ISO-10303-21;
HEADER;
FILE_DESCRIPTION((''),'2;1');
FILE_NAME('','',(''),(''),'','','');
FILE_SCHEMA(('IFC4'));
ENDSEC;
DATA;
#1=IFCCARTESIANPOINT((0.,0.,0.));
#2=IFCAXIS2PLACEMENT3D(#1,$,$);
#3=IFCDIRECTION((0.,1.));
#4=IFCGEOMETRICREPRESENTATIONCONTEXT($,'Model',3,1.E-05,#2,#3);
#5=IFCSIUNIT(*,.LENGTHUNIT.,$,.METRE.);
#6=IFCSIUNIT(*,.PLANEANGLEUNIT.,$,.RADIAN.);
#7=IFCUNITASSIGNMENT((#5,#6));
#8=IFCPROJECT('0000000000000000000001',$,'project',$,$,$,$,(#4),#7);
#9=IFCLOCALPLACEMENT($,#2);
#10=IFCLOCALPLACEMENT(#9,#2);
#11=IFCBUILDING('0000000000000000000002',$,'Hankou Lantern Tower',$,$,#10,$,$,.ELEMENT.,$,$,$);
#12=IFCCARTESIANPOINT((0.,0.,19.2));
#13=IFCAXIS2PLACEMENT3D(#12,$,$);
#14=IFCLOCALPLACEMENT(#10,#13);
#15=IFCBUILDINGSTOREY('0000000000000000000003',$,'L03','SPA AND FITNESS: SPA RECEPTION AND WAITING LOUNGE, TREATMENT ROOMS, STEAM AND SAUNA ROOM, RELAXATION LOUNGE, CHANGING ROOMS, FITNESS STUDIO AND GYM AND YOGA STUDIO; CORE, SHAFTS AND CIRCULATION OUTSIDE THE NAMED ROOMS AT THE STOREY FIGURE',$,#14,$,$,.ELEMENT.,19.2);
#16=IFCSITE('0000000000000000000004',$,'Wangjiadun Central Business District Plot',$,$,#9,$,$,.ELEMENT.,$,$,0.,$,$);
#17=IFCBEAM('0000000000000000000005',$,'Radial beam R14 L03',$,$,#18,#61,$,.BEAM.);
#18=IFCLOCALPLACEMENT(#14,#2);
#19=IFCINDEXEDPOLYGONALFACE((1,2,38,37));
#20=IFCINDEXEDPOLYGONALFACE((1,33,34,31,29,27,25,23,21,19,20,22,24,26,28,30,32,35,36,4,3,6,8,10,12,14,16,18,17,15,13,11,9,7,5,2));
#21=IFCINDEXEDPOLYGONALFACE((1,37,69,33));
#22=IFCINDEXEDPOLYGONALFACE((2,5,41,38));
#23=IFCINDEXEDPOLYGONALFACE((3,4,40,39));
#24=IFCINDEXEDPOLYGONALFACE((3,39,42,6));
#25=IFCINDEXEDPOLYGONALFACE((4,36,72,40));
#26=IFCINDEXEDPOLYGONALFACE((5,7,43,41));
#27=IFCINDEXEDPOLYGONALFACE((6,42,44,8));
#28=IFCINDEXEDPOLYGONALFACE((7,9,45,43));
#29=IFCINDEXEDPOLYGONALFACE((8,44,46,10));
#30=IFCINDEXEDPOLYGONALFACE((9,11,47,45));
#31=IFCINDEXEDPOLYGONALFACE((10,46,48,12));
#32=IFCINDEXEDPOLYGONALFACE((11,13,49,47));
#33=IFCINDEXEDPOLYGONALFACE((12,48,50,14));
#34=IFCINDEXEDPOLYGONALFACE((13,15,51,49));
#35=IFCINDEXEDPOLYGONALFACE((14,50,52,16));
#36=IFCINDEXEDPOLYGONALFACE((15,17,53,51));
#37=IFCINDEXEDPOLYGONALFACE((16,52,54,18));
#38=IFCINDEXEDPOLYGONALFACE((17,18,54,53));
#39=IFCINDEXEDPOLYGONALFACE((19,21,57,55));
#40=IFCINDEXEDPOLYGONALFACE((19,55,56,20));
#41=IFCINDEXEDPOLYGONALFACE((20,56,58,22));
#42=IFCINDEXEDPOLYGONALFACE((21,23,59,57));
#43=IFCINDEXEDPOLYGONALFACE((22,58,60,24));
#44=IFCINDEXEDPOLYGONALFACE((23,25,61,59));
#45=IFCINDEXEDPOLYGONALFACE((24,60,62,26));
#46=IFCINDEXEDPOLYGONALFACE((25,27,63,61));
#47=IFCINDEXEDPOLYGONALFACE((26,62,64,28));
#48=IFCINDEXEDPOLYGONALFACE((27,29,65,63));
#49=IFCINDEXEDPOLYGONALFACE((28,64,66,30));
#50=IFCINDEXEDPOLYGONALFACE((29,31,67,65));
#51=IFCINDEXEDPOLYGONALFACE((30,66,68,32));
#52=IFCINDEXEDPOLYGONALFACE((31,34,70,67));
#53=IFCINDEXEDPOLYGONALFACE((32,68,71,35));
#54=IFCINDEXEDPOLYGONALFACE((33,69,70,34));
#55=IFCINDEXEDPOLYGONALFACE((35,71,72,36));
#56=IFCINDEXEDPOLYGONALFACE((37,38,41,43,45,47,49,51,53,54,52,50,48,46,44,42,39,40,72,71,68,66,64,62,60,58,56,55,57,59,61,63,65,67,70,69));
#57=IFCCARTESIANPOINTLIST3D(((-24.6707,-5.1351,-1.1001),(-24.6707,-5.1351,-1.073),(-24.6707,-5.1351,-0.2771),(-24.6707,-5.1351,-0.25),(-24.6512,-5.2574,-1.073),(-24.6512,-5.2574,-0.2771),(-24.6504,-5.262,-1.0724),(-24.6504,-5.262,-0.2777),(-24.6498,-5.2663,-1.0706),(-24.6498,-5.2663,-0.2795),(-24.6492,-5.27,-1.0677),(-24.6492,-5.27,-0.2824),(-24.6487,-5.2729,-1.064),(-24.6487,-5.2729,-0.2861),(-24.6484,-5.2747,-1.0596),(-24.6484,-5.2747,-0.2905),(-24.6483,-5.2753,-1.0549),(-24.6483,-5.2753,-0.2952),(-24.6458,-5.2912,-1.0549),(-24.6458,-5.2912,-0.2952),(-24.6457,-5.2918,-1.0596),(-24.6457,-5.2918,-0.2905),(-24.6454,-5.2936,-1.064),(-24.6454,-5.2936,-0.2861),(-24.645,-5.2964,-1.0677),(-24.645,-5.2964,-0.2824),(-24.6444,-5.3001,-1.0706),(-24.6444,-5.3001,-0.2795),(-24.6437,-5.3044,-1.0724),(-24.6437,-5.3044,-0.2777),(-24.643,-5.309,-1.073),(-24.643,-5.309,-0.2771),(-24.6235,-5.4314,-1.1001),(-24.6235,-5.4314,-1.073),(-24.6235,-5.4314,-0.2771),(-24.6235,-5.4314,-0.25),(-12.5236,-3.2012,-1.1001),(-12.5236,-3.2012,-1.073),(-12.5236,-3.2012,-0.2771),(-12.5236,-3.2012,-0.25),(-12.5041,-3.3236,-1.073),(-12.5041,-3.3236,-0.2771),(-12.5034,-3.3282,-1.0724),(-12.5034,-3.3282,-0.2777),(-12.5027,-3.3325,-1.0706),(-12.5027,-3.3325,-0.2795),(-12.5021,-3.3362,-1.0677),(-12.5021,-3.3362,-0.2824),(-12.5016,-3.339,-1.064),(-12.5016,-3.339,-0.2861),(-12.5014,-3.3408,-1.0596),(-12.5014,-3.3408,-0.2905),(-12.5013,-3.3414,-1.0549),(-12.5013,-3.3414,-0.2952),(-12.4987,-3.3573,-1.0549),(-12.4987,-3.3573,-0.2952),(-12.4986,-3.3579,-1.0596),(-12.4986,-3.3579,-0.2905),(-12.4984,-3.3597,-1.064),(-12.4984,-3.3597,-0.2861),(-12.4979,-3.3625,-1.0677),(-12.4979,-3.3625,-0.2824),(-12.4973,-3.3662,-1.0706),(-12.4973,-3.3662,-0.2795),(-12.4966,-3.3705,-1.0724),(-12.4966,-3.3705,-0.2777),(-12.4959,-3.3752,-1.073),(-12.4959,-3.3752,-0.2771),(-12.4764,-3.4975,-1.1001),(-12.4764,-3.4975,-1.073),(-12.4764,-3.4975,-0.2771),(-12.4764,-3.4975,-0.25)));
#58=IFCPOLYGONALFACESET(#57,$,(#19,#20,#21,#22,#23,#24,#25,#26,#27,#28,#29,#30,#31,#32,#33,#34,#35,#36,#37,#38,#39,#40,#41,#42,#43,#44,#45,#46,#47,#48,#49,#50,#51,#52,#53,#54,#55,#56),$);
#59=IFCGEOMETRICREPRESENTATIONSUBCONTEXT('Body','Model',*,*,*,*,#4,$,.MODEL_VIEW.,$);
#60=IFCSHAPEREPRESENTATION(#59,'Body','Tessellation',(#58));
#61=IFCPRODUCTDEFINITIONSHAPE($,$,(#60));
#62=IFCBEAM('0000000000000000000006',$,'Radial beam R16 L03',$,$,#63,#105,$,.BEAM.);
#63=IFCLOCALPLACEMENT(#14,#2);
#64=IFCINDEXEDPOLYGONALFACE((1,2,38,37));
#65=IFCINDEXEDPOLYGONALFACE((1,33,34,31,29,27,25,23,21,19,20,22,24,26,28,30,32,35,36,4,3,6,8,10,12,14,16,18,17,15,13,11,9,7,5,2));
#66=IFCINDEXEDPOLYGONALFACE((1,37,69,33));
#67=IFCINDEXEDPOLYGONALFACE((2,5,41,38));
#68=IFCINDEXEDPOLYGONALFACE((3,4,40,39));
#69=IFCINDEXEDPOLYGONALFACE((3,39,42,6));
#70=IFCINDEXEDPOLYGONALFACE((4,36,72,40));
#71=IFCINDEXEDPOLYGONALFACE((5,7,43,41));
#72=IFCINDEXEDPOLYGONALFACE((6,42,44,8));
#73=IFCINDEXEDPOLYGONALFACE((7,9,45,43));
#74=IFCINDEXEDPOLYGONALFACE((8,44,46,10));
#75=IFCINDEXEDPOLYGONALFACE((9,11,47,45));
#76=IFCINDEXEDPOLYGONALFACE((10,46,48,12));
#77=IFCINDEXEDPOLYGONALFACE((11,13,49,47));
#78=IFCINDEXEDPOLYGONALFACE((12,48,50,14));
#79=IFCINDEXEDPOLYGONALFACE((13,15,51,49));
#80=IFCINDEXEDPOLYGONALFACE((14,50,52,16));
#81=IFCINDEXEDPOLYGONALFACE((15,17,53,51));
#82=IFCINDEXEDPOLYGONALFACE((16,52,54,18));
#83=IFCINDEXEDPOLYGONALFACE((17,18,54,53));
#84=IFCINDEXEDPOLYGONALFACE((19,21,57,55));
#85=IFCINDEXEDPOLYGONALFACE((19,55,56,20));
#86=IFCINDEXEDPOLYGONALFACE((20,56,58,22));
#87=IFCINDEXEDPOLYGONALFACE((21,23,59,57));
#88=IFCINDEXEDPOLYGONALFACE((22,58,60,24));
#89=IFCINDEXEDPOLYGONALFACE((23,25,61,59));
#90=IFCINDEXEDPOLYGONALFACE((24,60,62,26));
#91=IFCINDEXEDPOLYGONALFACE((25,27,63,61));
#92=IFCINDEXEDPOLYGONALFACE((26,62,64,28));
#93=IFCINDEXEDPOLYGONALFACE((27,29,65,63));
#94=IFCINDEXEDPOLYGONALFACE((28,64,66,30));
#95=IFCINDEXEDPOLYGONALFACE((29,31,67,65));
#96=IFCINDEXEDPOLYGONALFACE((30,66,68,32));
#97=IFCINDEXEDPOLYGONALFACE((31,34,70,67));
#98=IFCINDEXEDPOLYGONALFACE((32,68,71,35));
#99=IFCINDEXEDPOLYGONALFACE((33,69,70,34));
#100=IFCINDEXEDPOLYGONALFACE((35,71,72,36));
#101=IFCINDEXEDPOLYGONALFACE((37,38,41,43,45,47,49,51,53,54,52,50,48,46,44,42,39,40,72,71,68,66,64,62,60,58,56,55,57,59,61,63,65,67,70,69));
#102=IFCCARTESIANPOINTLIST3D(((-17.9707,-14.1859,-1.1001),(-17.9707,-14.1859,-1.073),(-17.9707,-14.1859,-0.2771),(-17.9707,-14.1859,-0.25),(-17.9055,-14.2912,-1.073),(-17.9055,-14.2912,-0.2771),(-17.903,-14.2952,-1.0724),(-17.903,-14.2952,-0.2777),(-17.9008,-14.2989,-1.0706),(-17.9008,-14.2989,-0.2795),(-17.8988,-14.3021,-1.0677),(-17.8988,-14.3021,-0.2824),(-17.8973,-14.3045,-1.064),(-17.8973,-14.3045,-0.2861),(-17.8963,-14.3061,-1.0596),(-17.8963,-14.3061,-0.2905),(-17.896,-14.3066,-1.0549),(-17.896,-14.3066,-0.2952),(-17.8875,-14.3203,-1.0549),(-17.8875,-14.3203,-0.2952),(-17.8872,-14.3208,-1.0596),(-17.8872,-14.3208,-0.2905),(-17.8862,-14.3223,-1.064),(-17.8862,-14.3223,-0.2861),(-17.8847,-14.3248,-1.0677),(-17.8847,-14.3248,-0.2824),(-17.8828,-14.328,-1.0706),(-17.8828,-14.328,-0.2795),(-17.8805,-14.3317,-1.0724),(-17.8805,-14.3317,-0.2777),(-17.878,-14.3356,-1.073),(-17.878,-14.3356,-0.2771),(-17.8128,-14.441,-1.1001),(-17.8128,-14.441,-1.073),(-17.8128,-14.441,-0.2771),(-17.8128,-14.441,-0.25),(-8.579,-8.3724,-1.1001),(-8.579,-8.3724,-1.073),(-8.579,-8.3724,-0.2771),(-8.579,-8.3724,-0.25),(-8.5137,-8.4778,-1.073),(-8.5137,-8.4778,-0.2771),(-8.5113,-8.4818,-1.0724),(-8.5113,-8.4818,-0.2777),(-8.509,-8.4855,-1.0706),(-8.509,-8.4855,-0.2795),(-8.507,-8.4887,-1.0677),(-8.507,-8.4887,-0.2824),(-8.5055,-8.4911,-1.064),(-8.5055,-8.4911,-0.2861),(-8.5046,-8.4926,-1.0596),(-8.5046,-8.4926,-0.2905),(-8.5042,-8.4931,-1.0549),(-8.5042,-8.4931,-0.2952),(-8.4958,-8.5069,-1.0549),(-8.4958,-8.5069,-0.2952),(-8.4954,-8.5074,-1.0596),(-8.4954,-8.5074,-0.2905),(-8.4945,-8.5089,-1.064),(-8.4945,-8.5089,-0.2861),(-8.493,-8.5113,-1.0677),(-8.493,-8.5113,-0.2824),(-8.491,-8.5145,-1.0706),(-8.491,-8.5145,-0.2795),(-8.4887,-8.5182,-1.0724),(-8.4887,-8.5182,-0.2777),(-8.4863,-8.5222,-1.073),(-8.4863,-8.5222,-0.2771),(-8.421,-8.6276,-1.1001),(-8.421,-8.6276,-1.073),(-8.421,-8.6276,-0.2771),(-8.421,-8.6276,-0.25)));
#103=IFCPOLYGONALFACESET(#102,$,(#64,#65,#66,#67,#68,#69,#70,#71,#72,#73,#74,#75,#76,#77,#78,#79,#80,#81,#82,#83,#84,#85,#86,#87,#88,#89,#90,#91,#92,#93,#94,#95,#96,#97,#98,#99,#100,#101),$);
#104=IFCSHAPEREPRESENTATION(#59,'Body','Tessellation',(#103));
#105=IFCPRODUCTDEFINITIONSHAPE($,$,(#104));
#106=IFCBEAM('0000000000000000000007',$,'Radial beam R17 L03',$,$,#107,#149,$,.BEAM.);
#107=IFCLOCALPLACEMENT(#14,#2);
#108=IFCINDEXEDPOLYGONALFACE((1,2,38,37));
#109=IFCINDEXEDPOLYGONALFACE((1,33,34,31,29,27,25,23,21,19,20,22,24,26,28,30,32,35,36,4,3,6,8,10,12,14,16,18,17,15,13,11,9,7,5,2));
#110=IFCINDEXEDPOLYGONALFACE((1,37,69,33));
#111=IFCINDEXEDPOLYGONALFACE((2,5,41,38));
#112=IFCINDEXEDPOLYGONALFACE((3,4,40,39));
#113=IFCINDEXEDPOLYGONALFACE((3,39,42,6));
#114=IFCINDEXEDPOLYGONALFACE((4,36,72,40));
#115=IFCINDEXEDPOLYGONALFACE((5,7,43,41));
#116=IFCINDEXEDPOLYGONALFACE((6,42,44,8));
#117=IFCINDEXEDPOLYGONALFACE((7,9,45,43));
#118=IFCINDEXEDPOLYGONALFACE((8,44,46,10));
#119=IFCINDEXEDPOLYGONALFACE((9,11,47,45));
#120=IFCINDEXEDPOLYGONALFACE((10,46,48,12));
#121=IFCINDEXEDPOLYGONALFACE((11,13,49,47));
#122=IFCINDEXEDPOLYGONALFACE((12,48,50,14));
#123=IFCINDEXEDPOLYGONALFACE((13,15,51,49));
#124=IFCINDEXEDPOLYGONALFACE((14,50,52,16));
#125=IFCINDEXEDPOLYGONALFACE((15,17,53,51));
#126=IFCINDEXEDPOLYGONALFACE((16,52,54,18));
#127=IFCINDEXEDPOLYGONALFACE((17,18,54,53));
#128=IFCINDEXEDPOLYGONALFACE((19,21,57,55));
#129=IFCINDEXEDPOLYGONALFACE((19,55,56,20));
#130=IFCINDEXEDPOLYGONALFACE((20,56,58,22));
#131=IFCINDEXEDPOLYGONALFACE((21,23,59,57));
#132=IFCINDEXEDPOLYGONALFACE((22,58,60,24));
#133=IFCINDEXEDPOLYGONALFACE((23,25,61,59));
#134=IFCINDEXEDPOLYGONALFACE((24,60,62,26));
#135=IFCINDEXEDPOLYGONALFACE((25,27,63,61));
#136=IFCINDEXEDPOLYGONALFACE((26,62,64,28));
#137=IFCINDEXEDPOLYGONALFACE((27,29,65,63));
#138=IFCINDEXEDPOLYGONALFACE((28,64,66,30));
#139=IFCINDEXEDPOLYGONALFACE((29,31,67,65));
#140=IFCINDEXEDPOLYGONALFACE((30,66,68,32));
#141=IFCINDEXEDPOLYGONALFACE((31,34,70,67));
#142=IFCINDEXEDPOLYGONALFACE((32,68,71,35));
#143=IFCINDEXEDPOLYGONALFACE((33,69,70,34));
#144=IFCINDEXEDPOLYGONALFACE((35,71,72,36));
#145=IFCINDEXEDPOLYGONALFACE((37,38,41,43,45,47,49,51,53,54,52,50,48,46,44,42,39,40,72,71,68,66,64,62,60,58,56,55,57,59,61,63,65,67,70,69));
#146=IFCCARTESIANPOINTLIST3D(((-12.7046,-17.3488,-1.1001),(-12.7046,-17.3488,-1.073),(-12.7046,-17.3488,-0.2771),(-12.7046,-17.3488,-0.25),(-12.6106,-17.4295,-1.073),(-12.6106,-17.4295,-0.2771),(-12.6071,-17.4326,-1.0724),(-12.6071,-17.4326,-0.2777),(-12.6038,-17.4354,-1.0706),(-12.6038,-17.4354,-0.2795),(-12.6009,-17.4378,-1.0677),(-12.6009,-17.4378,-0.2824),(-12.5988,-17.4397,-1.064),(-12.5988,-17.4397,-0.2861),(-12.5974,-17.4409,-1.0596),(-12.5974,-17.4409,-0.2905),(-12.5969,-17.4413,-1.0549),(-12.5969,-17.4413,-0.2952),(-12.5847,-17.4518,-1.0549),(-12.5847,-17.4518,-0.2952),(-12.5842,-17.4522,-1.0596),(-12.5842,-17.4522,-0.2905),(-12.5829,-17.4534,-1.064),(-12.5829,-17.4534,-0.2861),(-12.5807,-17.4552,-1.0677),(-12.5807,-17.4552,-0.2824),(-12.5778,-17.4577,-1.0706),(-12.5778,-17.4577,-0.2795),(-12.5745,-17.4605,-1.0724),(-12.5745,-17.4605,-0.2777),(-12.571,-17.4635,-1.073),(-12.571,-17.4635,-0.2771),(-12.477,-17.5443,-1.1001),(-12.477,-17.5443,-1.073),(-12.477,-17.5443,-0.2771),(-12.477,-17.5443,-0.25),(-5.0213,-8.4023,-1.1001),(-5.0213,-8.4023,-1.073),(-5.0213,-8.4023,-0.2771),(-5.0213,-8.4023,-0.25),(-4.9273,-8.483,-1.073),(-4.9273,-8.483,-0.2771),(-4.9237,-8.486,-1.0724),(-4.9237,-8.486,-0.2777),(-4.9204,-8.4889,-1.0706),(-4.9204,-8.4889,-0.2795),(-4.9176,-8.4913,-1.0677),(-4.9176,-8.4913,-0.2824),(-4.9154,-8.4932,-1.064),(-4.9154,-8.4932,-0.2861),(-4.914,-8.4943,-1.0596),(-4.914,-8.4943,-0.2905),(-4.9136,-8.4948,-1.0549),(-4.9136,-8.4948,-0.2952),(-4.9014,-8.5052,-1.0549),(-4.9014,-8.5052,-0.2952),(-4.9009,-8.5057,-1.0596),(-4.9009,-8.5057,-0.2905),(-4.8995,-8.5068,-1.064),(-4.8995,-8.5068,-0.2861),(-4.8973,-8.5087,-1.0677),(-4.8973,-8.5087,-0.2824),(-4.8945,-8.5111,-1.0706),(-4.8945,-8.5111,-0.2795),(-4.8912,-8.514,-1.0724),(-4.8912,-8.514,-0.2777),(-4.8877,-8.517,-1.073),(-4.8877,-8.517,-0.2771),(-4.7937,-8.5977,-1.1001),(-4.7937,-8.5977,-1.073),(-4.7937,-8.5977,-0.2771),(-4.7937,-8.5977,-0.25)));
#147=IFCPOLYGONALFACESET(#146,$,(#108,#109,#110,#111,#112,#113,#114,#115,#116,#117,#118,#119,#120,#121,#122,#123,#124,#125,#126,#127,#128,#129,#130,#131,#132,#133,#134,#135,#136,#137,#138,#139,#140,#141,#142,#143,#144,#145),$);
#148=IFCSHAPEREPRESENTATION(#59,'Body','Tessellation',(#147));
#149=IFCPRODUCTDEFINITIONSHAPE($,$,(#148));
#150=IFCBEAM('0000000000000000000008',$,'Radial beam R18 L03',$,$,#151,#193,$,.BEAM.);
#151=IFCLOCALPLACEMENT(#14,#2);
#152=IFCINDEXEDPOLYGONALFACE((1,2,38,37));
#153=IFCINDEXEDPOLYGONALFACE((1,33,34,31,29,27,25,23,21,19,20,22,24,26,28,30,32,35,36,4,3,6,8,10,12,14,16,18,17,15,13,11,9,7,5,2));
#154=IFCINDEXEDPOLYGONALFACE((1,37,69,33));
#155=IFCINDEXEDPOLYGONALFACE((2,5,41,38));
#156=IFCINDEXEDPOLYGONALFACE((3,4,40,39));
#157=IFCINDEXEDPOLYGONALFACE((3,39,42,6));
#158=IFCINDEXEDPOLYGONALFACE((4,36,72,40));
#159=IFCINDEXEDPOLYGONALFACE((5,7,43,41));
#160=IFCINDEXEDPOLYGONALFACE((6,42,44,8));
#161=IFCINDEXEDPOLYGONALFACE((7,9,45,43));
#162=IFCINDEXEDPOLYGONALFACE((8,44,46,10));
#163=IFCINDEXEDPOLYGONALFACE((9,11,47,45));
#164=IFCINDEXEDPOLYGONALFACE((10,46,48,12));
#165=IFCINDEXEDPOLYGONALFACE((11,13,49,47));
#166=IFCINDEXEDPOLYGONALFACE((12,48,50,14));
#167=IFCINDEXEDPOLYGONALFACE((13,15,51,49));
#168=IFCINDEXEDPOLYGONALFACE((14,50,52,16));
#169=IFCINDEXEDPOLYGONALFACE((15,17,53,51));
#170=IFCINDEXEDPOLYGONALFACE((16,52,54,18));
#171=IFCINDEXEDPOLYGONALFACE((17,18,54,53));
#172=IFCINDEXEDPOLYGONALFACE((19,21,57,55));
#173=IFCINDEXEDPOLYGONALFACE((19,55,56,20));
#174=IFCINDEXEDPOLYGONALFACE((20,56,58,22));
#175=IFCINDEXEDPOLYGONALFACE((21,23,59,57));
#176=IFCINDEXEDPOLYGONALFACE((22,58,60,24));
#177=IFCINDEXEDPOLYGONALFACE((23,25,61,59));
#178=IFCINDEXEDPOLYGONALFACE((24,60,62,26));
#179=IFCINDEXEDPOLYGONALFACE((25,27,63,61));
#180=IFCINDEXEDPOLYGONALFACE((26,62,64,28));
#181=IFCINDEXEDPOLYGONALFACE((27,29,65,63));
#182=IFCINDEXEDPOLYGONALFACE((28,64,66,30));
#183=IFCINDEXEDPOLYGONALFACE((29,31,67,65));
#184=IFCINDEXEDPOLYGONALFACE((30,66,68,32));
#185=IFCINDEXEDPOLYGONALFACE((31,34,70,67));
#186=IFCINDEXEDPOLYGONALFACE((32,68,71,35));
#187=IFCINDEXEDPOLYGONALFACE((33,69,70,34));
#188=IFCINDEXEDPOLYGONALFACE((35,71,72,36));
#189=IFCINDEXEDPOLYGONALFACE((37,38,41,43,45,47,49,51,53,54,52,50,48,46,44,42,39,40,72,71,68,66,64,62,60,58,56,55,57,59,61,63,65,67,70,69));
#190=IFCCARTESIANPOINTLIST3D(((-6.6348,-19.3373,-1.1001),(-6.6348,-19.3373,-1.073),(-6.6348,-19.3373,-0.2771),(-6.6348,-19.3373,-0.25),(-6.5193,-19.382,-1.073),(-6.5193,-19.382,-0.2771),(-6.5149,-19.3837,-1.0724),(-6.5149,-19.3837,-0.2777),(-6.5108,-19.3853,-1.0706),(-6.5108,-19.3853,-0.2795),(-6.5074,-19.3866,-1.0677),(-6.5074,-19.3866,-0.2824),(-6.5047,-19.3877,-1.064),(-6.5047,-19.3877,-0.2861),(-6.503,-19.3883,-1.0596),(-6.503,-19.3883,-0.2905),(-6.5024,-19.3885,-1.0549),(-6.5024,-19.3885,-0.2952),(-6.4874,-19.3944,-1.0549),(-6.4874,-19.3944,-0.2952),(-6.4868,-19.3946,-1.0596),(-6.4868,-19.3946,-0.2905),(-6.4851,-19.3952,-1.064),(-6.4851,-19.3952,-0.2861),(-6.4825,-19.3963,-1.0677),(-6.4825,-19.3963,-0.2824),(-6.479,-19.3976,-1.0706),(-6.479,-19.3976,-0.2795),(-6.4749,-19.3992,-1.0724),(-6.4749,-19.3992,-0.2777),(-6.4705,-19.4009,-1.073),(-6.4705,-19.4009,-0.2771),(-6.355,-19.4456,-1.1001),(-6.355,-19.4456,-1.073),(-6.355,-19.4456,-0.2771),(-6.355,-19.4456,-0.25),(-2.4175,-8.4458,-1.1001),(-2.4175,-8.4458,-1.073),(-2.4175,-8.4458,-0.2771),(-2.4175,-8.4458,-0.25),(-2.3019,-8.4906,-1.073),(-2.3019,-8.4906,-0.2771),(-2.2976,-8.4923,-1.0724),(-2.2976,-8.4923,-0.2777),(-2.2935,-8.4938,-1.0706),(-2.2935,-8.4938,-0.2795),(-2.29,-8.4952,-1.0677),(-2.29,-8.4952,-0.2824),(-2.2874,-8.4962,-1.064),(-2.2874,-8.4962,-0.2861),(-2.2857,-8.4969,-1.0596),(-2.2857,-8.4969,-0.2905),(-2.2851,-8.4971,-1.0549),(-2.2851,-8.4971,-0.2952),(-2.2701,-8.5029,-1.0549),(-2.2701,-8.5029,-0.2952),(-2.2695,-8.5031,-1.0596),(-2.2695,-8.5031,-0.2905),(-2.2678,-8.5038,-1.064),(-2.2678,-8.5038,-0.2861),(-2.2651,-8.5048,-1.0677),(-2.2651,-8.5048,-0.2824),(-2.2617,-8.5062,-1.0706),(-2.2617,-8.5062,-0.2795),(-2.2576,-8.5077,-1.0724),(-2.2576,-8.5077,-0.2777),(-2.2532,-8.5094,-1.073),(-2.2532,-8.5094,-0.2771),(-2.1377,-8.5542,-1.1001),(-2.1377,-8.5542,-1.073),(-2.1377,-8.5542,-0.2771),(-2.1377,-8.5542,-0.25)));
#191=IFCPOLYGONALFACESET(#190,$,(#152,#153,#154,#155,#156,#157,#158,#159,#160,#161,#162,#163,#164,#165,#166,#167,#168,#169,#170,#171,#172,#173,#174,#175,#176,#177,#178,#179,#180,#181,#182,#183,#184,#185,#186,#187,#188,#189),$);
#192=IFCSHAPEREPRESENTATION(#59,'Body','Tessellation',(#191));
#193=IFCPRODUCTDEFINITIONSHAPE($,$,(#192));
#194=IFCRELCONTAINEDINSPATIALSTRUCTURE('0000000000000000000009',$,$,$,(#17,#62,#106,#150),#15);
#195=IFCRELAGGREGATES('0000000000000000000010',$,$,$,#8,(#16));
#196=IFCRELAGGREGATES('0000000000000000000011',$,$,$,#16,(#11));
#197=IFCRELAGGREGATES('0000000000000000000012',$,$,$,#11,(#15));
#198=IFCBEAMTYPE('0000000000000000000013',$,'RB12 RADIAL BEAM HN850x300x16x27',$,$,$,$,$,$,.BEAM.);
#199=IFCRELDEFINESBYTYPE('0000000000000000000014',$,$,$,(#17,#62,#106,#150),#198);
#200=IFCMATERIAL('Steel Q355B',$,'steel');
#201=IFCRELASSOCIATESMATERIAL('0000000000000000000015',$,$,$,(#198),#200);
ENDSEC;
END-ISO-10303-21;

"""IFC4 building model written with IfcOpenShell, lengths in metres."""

from ifc_helpers import new_model, si_unit, direction, frame, origin, origin_2d, place, context, subcontext, project, spatial, i_section, extrude, material, material_profile, profile_set, type_object, element, save


model = new_model("IFC4")

# Units and contexts
model_context = context("Model", 3, precision=1e-05, world=origin(), true_north=direction((0.0, 1.0)))
body_context = subcontext(model_context, "Body", "Model", "MODEL_VIEW")
ifc_project = project(units=[si_unit("LENGTHUNIT", "METRE"), si_unit("PLANEANGLEUNIT", "RADIAN")], contexts=[model_context])

# Site, building, storey
site_placement = place(None, origin())
site = spatial("IfcSite", under=ifc_project, at=site_placement, Name="Wangjiadun Central Business District Plot", CompositionType="ELEMENT", RefElevation=0.0)
building_placement = place(site_placement, origin())
building = spatial("IfcBuilding", under=site, at=building_placement, Name="Hankou Lantern Tower", CompositionType="ELEMENT")
storey_placement = place(building_placement, frame((0.0, 0.0, 19.2)))
storey = spatial("IfcBuildingStorey", under=building, at=storey_placement, Name="L03", Description="SPA AND FITNESS: SPA RECEPTION AND WAITING LOUNGE, TREATMENT ROOMS, STEAM AND SAUNA ROOM, RELAXATION LOUNGE, CHANGING ROOMS, FITNESS STUDIO AND GYM AND YOGA STUDIO; CORE, SHAFTS AND CIRCULATION OUTSIDE THE NAMED ROOMS AT THE STOREY FIGURE", CompositionType="ELEMENT", Elevation=19.2)

# Beams
ifc_material_1 = material(Name="Steel Q355B", Category="steel")
ifc_material_profile_1 = material_profile(ifc_material_1, i_section(OverallWidth=0.3, OverallDepth=0.8501, WebThickness=0.0161, FlangeThickness=0.0271, FilletRadius=0.0181, at=origin_2d()), Name="HN850x300x16x27")
ifc_profile_set_1 = profile_set([ifc_material_profile_1], Name="Steel Q355B")
beam_type_1 = type_object("IfcBeamType", Name="RB12 RADIAL BEAM HN850x300x16x27", PredefinedType="BEAM", material=ifc_profile_set_1)
beam_1_placement = place(storey_placement, frame((-12.5, -3.3494, -0.675), z_axis=(-0.987563, -0.157223, 0.0), x_axis=(0.157223, -0.987563, 0.0)))
element("IfcBeam", 1, at=beam_1_placement, inside=storey, type_object=beam_type_1, Name="Radial beam R14 L03", PredefinedType="BEAM", context=body_context, shape_type="SweptSolid", body=[
    extrude(i_section(OverallWidth=0.3, OverallDepth=0.8501, WebThickness=0.0161, FlangeThickness=0.0271, FilletRadius=0.0181, at=origin_2d()), origin(), (0.0, 0.0, 1.0), 12.3),
])
beam_2_placement = place(storey_placement, frame((-8.5, -8.5, -0.675), z_axis=(-0.850286, -0.52632, 0.0), x_axis=(0.52632, -0.850286, 0.0)))
element("IfcBeam", 2, at=beam_2_placement, inside=storey, type_object=beam_type_1, Name="Radial beam R16 L03", PredefinedType="BEAM", context=body_context, shape_type="SweptSolid", body=[
    extrude(i_section(OverallWidth=0.3, OverallDepth=0.8501, WebThickness=0.0161, FlangeThickness=0.0271, FilletRadius=0.0181, at=origin_2d()), origin(), (0.0, 0.0, 1.0), 11.0454),
])
beam_3_placement = place(storey_placement, frame((-4.9075, -8.5, -0.675), z_axis=(-0.651519, -0.758632, 0.0), x_axis=(0.758632, -0.651519, 0.0)))
element("IfcBeam", 3, at=beam_3_placement, inside=storey, type_object=beam_type_1, Name="Radial beam R17 L03", PredefinedType="BEAM", context=body_context, shape_type="SweptSolid", body=[
    extrude(i_section(OverallWidth=0.3, OverallDepth=0.8501, WebThickness=0.0161, FlangeThickness=0.0271, FilletRadius=0.0181, at=origin_2d()), origin(), (0.0, 0.0, 1.0), 11.793),
])
beam_4_placement = place(storey_placement, frame((-2.2776, -8.5, -0.675), z_axis=(-0.361089, -0.932531, 0.0), x_axis=(0.932531, -0.361089, 0.0)))
element("IfcBeam", 4, at=beam_4_placement, inside=storey, type_object=beam_type_1, Name="Radial beam R18 L03", PredefinedType="BEAM", context=body_context, shape_type="SweptSolid", body=[
    extrude(i_section(OverallWidth=0.3, OverallDepth=0.8501, WebThickness=0.0161, FlangeThickness=0.0271, FilletRadius=0.0181, at=origin_2d()), origin(), (0.0, 0.0, 1.0), 11.6794),
])

save(model, "model.ifc")
